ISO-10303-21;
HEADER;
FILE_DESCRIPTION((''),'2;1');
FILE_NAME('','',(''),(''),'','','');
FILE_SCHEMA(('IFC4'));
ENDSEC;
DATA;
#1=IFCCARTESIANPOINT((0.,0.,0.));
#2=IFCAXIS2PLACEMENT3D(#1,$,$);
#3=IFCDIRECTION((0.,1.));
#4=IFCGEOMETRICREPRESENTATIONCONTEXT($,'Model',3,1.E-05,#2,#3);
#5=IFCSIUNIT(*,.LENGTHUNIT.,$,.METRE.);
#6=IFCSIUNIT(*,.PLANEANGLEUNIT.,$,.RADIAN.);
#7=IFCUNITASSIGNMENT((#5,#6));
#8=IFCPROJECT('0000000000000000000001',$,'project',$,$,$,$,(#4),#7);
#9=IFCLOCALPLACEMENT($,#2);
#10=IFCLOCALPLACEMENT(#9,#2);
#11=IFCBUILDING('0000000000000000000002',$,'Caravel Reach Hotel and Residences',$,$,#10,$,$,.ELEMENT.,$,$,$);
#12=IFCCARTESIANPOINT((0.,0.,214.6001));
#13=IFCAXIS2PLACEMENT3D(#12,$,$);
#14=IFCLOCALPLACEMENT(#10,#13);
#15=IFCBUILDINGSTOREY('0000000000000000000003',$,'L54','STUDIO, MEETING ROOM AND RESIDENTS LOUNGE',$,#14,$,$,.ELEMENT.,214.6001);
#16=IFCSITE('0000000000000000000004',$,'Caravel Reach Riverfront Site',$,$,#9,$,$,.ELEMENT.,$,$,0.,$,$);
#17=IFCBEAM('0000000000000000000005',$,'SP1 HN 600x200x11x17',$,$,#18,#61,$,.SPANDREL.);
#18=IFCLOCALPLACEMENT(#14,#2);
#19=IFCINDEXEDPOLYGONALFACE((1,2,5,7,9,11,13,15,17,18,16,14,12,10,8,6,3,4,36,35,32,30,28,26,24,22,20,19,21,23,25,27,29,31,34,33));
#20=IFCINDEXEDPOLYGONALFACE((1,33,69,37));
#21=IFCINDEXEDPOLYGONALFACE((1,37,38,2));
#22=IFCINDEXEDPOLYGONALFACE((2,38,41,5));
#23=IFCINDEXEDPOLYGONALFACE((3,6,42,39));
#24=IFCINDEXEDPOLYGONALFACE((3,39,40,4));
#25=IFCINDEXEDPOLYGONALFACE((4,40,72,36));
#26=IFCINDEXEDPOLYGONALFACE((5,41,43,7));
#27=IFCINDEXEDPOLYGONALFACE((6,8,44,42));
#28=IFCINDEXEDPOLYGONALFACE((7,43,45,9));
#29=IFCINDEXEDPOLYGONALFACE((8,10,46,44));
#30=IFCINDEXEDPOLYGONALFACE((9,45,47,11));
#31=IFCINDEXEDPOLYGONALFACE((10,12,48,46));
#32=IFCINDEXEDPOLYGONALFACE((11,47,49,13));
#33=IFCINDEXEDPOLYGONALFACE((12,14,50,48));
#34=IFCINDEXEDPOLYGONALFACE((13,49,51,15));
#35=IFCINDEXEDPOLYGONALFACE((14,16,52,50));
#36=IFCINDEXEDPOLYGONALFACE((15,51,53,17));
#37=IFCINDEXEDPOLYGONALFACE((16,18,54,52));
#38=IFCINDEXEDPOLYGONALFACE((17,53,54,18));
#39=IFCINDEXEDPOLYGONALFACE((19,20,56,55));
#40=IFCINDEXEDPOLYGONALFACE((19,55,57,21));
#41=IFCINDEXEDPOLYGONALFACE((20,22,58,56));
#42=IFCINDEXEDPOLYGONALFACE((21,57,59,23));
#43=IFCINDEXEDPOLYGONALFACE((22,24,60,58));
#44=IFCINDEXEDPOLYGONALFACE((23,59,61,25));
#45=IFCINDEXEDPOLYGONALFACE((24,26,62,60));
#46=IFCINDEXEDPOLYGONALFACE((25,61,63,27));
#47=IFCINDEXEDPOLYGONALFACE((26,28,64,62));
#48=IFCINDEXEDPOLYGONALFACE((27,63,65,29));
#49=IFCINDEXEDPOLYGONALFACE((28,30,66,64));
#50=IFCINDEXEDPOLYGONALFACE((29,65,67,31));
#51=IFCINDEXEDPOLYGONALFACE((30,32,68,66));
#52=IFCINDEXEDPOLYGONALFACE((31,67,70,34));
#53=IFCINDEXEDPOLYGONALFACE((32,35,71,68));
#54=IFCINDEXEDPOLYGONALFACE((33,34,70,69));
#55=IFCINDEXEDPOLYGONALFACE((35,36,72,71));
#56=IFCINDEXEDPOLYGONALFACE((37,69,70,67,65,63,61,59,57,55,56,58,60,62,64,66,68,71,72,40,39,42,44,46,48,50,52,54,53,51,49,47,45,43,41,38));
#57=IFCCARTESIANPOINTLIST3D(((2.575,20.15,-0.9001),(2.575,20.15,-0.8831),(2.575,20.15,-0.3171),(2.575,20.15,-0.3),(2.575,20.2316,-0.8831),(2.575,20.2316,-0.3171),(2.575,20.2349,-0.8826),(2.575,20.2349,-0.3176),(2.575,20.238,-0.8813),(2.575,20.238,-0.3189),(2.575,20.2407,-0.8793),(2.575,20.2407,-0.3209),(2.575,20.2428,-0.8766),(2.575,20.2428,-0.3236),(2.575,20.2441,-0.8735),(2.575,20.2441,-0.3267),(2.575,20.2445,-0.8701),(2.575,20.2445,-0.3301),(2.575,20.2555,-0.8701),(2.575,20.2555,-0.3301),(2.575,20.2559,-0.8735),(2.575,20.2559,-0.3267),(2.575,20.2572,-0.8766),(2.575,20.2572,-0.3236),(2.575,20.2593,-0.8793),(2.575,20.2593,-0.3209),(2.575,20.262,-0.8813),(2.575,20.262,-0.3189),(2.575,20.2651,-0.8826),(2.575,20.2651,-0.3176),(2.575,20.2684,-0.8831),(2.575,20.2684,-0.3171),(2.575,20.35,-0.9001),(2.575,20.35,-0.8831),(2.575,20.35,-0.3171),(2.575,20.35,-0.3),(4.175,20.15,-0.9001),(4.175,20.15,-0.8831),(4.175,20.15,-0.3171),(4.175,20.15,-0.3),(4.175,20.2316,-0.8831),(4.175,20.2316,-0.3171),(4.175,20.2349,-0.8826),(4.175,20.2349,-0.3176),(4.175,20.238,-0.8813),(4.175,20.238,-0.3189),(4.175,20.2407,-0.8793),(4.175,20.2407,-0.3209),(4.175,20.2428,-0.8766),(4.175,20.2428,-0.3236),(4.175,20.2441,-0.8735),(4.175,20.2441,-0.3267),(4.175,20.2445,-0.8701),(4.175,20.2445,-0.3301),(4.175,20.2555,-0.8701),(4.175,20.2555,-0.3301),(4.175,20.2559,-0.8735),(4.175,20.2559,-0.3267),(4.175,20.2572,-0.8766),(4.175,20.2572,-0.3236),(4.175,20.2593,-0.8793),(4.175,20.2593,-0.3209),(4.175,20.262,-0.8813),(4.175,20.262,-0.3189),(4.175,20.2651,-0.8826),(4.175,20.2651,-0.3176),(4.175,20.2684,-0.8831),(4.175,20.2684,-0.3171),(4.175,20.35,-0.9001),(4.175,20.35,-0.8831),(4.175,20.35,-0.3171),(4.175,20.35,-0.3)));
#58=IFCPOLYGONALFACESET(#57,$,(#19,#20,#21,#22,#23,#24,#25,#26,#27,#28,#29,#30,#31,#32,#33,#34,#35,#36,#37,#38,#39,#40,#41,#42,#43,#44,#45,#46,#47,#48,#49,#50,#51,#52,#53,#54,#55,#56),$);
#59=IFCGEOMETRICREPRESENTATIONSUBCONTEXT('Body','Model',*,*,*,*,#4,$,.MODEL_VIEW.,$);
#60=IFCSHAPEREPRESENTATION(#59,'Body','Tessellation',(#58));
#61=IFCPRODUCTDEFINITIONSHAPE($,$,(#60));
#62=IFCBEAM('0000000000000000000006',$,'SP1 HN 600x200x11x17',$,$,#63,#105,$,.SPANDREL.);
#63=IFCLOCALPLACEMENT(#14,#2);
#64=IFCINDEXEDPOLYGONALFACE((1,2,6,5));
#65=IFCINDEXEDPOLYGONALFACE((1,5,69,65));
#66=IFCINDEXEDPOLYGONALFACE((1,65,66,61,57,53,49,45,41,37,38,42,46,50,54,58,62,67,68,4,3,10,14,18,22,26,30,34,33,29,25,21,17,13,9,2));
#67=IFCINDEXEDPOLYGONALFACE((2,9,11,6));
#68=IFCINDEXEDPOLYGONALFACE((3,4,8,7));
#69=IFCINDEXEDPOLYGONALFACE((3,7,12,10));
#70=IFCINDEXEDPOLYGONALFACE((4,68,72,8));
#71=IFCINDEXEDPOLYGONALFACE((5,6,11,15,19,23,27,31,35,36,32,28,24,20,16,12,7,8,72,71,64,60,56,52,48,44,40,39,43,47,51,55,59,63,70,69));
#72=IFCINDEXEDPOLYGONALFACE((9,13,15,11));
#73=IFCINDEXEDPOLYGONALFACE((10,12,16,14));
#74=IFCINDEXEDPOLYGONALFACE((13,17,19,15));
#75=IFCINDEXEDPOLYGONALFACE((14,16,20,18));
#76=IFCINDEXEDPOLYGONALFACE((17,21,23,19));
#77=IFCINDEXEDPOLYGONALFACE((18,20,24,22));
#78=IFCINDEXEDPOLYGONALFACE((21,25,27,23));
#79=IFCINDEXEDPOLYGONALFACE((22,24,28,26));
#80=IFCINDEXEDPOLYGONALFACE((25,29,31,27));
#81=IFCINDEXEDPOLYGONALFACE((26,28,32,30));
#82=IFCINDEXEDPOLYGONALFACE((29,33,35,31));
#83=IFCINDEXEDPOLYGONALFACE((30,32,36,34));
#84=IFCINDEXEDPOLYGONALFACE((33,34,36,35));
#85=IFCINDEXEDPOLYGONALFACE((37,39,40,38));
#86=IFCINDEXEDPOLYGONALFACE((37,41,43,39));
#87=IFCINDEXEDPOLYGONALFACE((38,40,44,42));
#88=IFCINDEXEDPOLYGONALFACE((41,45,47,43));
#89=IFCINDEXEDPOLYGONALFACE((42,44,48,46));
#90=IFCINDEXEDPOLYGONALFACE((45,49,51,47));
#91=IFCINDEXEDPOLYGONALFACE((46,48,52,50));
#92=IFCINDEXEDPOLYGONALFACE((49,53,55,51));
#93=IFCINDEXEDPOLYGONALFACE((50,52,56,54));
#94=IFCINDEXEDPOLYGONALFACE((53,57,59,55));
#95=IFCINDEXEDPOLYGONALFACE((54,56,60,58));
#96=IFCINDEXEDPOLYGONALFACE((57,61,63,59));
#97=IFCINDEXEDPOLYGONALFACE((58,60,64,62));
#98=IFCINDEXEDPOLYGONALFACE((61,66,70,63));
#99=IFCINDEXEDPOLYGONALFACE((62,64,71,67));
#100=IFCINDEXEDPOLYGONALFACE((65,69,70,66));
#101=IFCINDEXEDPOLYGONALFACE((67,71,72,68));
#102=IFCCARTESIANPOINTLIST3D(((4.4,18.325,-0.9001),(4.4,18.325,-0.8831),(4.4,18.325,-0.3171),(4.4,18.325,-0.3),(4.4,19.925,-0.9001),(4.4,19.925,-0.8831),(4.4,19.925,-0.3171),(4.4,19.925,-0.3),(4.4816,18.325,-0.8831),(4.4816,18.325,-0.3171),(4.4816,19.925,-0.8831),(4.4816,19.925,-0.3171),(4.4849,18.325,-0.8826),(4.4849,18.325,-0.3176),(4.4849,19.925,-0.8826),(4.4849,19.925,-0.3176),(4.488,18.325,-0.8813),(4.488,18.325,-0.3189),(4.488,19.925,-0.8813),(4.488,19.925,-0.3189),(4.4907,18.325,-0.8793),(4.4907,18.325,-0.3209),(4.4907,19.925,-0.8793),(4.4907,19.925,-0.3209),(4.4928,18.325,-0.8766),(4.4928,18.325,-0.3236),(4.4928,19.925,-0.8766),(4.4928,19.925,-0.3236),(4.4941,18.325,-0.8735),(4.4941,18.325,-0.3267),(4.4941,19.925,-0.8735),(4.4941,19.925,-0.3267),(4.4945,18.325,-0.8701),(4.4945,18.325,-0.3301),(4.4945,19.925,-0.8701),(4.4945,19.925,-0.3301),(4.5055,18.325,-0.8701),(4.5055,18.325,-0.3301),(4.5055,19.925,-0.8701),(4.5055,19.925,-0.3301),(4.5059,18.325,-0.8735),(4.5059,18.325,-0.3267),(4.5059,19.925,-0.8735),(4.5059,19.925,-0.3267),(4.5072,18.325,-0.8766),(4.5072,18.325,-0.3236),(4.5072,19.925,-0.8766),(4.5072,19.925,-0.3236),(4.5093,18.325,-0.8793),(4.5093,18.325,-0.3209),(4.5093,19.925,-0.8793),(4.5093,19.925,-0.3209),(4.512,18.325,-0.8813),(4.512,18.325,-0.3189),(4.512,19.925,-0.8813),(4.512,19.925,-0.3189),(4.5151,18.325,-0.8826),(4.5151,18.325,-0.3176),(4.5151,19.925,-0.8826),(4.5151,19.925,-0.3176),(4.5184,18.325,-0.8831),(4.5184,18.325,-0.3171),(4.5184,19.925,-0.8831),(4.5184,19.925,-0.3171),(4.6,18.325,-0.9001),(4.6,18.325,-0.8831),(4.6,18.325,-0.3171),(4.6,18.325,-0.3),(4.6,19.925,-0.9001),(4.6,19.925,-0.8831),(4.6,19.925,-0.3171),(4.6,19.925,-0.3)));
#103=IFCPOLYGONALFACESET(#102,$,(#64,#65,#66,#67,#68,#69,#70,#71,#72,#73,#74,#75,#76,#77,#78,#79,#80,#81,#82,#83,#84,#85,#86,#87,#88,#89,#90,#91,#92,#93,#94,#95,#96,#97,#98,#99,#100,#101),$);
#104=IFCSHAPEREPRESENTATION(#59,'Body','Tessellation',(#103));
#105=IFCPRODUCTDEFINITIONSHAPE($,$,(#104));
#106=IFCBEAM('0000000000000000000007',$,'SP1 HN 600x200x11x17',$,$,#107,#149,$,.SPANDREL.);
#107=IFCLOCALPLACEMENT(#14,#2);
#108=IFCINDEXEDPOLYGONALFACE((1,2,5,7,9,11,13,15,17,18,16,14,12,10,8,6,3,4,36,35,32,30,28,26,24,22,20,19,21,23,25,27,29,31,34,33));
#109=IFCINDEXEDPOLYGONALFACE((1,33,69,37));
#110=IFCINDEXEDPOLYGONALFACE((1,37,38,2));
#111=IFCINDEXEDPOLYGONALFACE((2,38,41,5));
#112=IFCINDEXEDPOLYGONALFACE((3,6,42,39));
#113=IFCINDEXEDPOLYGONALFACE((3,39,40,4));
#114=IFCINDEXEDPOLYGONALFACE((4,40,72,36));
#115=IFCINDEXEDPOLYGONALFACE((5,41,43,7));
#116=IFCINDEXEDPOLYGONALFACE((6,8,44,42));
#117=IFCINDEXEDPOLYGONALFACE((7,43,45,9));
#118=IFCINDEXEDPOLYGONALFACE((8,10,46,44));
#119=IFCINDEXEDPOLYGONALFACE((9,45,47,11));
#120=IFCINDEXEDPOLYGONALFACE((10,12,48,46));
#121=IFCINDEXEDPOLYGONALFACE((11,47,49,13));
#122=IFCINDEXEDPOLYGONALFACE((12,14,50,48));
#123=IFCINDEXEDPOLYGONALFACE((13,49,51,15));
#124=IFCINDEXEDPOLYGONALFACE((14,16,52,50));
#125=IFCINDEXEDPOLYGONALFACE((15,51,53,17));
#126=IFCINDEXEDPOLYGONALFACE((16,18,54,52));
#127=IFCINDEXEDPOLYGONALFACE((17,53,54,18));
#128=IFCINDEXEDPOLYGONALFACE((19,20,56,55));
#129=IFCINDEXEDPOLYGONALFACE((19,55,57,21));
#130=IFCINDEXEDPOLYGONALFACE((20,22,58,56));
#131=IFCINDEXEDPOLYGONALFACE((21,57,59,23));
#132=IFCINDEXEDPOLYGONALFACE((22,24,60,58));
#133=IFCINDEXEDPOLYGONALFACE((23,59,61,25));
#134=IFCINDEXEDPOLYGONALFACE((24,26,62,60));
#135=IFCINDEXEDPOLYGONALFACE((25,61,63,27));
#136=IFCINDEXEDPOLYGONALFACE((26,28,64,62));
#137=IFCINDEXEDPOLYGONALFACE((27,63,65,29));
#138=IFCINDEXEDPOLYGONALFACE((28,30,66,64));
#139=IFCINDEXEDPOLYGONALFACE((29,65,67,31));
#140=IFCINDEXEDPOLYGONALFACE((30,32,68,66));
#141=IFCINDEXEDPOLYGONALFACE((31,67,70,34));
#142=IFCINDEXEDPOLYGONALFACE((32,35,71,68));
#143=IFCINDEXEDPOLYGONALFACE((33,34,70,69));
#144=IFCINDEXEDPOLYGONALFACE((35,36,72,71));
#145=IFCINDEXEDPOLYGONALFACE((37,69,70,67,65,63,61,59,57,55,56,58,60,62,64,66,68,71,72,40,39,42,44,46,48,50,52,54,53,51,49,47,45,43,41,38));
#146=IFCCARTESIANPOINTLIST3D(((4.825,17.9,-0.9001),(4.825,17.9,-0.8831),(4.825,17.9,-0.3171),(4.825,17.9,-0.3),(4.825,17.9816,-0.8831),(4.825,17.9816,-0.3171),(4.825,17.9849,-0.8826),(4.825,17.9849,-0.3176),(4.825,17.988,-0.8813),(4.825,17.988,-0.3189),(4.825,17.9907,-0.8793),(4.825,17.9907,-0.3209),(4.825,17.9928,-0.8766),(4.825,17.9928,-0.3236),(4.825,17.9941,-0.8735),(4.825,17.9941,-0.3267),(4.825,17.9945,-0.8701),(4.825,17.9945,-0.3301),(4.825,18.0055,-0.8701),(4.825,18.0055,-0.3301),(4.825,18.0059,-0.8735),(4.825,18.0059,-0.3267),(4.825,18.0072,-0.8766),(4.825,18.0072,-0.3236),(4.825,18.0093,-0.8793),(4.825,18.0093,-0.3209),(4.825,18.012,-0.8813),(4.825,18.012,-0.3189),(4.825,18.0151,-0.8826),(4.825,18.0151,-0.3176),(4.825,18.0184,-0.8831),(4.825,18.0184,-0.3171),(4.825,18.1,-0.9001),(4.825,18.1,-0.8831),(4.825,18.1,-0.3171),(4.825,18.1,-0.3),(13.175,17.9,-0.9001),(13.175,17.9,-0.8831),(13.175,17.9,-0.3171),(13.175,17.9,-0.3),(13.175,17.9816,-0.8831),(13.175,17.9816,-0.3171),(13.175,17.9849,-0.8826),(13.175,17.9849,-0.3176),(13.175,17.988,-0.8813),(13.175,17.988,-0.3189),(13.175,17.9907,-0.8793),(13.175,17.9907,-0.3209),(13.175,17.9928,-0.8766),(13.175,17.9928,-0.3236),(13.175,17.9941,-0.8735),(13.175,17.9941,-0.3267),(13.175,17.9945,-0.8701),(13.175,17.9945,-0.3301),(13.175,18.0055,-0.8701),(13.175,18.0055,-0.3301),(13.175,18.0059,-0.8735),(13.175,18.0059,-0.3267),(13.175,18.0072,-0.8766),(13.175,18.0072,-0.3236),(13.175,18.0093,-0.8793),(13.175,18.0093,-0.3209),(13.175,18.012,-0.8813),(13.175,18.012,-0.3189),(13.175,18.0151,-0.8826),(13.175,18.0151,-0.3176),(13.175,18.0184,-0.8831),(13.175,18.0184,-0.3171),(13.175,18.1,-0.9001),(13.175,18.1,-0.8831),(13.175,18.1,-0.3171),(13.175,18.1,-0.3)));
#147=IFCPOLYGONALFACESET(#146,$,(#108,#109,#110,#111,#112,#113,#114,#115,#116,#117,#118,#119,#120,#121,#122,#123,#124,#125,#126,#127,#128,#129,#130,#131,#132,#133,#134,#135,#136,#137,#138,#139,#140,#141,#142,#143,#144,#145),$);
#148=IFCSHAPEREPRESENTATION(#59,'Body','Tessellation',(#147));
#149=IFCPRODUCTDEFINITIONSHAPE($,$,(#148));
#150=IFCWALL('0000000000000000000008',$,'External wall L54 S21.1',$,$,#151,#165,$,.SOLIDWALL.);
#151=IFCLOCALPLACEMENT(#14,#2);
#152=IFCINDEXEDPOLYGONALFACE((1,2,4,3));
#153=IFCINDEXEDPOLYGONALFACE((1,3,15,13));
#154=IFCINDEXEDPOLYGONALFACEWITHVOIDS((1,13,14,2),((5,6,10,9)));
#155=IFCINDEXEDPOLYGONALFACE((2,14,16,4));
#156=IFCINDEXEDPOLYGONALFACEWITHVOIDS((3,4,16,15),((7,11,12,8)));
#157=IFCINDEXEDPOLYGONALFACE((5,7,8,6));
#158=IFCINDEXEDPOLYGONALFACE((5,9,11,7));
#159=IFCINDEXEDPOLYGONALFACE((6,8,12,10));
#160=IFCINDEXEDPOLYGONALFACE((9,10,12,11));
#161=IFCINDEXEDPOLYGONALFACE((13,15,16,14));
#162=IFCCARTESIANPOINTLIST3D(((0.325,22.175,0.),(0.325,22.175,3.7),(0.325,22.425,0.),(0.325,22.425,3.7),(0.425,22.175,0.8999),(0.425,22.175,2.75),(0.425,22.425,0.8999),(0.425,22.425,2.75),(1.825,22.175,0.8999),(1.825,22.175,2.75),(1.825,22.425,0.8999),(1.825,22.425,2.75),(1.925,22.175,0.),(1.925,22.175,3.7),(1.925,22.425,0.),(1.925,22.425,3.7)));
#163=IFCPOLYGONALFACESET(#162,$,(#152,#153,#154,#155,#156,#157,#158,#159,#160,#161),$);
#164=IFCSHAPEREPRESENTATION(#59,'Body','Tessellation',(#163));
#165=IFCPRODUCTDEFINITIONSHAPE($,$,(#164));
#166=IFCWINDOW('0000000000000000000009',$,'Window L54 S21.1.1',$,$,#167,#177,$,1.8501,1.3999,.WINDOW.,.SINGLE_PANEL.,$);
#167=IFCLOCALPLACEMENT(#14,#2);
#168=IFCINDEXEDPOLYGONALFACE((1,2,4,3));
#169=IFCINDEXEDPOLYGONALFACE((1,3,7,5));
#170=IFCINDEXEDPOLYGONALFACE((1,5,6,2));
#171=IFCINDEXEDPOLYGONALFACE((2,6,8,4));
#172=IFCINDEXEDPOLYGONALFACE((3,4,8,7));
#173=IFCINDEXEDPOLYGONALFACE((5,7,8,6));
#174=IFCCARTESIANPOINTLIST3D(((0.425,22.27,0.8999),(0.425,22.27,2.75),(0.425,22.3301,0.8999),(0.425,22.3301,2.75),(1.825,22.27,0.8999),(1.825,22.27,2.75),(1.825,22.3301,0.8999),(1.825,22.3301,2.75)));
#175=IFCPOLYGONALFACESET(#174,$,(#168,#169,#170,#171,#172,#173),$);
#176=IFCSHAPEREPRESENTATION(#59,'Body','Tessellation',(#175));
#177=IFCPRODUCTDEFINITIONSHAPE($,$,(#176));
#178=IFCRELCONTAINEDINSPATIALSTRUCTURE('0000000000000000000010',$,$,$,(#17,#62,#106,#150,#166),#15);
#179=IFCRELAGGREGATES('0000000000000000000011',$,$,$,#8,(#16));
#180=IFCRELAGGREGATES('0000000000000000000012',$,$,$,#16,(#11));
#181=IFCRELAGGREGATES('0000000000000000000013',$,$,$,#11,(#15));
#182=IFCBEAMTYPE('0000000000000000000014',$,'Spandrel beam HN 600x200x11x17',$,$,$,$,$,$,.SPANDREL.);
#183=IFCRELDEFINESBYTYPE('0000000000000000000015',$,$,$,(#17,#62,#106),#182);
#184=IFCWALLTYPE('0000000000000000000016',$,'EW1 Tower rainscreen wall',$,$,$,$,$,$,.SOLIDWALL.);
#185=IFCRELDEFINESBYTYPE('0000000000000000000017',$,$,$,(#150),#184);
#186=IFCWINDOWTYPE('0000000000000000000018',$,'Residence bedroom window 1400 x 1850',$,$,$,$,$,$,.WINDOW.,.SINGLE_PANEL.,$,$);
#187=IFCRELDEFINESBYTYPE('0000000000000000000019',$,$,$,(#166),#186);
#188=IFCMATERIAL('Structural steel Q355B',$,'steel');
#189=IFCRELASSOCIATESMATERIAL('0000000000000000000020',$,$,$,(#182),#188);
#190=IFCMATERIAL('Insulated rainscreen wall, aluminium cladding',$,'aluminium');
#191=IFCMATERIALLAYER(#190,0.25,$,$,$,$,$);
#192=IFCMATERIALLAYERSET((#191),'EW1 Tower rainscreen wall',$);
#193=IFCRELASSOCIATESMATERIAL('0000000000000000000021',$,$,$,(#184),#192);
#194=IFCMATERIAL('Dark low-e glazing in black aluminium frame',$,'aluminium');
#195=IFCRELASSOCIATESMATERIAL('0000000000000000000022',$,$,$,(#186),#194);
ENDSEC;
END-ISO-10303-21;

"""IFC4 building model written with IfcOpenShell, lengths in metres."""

from ifc_helpers import new_model, si_unit, direction, frame, frame_2d, origin, origin_2d, place, context, subcontext, project, spatial, rectangle, i_section, extrude, material, layer, layer_set, material_profile, profile_set, type_object, element, fill, save


model = new_model("IFC4")

# Units and contexts
model_context = context("Model", 3, precision=1e-05, world=origin(), true_north=direction((0.0, 1.0)))
body_context = subcontext(model_context, "Body", "Model", "MODEL_VIEW")
ifc_project = project(units=[si_unit("LENGTHUNIT", "METRE"), si_unit("PLANEANGLEUNIT", "RADIAN")], contexts=[model_context])

# Site, building, storey
site_placement = place(None, origin())
site = spatial("IfcSite", under=ifc_project, at=site_placement, Name="Caravel Reach Riverfront Site", CompositionType="ELEMENT", RefElevation=0.0)
building_placement = place(site_placement, origin())
building = spatial("IfcBuilding", under=site, at=building_placement, Name="Caravel Reach Hotel and Residences", CompositionType="ELEMENT")
storey_placement = place(building_placement, frame((0.0, 0.0, 214.6001)))
storey = spatial("IfcBuildingStorey", under=building, at=storey_placement, Name="L54", Description="STUDIO, MEETING ROOM AND RESIDENTS LOUNGE", CompositionType="ELEMENT", Elevation=214.6001)

# Beams
ifc_material_1 = material(Name="Structural steel Q355B", Category="steel")
ifc_material_profile_1 = material_profile(ifc_material_1, i_section(OverallWidth=0.2, OverallDepth=0.6001, WebThickness=0.011, FlangeThickness=0.0171, FilletRadius=0.0129, at=origin_2d()), Name="HN 600x200x11x17")
ifc_profile_set_1 = profile_set([ifc_material_profile_1], Name="Structural steel Q355B")
beam_type = type_object("IfcBeamType", Name="Spandrel beam HN 600x200x11x17", PredefinedType="SPANDREL", material=ifc_profile_set_1)
for number, where, z_axis, x_axis, name in (
    (1, (2.575, 20.25, -0.6001), (1.0, 0.0, 0.0), (0.0, 1.0, 0.0), "SP1 HN 600x200x11x17"),
    (2, (4.5, 19.925, -0.6001), (0.0, -1.0, 0.0), (1.0, 0.0, 0.0), "SP1 HN 600x200x11x17"),
):
    element("IfcBeam", number, at=place(storey_placement, frame(where, z_axis=z_axis, x_axis=x_axis)), inside=storey, type_object=beam_type, Name=name, PredefinedType="SPANDREL", context=body_context, shape_type="SweptSolid", body=[
        extrude(i_section(OverallWidth=0.2, OverallDepth=0.6001, WebThickness=0.011, FlangeThickness=0.0171, FilletRadius=0.0129, at=origin_2d()), origin(), (0.0, 0.0, 1.0), 1.6001),
    ])
beam_placement = place(storey_placement, frame((4.825, 18.0, -0.6001), z_axis=(1.0, 0.0, 0.0), x_axis=(0.0, 1.0, 0.0)))
element("IfcBeam", 3, at=beam_placement, inside=storey, type_object=beam_type, Name="SP1 HN 600x200x11x17", PredefinedType="SPANDREL", context=body_context, shape_type="SweptSolid", body=[
    extrude(i_section(OverallWidth=0.2, OverallDepth=0.6001, WebThickness=0.011, FlangeThickness=0.0171, FilletRadius=0.0129, at=origin_2d()), origin(), (0.0, 0.0, 1.0), 8.3501),
])

# Wall, opening, window
ifc_material_2 = material(Name="Insulated rainscreen wall, aluminium cladding", Category="aluminium")
ifc_layer_1 = layer(ifc_material_2, 0.25)
ifc_layer_set_1 = layer_set([ifc_layer_1], Name="EW1 Tower rainscreen wall")
wall_type_1 = type_object("IfcWallType", Name="EW1 Tower rainscreen wall", PredefinedType="SOLIDWALL", material=ifc_layer_set_1)
wall_1_placement = place(storey_placement, frame((0.325, 22.3, 0.0), z_axis=(0.0, 0.0, 1.0), x_axis=(1.0, 0.0, 0.0)))
wall_1 = element("IfcWall", 4, at=wall_1_placement, inside=storey, type_object=wall_type_1, Name="External wall L54 S21.1", PredefinedType="SOLIDWALL", context=body_context, shape_type="SweptSolid", body=[
    extrude(rectangle(XDim=1.6001, YDim=0.25, at=frame_2d((0.8, 0.0))), origin(), (0.0, 0.0, 1.0), 3.7),
])
opening_1_placement = place(wall_1_placement, frame((0.1001, 0.0, 0.8999)))
opening_1 = element("IfcOpeningElement", 5, at=opening_1_placement, cuts=wall_1, PredefinedType="OPENING", context=body_context, shape_type="SweptSolid", body=[
    extrude(rectangle(XDim=1.3999, YDim=1.8501, at=frame_2d((0.7, 0.925))), frame((0.0, 0.135, 0.0), z_axis=(0.0, -1.0, 0.0), x_axis=(1.0, 0.0, 0.0)), (0.0, 0.0, 1.0), 0.27),
])
ifc_material_3 = material(Name="Dark low-e glazing in black aluminium frame", Category="aluminium")
window_type_1 = type_object("IfcWindowType", Name="Residence bedroom window 1400 x 1850", PartitioningType="SINGLE_PANEL", PredefinedType="WINDOW", material=ifc_material_3)
window_1_placement = place(opening_1_placement, origin())
window_1 = element("IfcWindow", 6, at=window_1_placement, inside=storey, type_object=window_type_1, Name="Window L54 S21.1.1", OverallHeight=1.8501, OverallWidth=1.3999, PartitioningType="SINGLE_PANEL", PredefinedType="WINDOW", context=body_context, shape_type="SweptSolid", body=[
    extrude(rectangle(XDim=1.3999, YDim=1.8501, at=frame_2d((0.7, 0.925))), frame((0.0, 0.03, 0.0), z_axis=(0.0, -1.0, 0.0), x_axis=(1.0, 0.0, 0.0)), (0.0, 0.0, 1.0), 0.0601),
])
fill(opening_1, window_1)

save(model, "model.ifc")
